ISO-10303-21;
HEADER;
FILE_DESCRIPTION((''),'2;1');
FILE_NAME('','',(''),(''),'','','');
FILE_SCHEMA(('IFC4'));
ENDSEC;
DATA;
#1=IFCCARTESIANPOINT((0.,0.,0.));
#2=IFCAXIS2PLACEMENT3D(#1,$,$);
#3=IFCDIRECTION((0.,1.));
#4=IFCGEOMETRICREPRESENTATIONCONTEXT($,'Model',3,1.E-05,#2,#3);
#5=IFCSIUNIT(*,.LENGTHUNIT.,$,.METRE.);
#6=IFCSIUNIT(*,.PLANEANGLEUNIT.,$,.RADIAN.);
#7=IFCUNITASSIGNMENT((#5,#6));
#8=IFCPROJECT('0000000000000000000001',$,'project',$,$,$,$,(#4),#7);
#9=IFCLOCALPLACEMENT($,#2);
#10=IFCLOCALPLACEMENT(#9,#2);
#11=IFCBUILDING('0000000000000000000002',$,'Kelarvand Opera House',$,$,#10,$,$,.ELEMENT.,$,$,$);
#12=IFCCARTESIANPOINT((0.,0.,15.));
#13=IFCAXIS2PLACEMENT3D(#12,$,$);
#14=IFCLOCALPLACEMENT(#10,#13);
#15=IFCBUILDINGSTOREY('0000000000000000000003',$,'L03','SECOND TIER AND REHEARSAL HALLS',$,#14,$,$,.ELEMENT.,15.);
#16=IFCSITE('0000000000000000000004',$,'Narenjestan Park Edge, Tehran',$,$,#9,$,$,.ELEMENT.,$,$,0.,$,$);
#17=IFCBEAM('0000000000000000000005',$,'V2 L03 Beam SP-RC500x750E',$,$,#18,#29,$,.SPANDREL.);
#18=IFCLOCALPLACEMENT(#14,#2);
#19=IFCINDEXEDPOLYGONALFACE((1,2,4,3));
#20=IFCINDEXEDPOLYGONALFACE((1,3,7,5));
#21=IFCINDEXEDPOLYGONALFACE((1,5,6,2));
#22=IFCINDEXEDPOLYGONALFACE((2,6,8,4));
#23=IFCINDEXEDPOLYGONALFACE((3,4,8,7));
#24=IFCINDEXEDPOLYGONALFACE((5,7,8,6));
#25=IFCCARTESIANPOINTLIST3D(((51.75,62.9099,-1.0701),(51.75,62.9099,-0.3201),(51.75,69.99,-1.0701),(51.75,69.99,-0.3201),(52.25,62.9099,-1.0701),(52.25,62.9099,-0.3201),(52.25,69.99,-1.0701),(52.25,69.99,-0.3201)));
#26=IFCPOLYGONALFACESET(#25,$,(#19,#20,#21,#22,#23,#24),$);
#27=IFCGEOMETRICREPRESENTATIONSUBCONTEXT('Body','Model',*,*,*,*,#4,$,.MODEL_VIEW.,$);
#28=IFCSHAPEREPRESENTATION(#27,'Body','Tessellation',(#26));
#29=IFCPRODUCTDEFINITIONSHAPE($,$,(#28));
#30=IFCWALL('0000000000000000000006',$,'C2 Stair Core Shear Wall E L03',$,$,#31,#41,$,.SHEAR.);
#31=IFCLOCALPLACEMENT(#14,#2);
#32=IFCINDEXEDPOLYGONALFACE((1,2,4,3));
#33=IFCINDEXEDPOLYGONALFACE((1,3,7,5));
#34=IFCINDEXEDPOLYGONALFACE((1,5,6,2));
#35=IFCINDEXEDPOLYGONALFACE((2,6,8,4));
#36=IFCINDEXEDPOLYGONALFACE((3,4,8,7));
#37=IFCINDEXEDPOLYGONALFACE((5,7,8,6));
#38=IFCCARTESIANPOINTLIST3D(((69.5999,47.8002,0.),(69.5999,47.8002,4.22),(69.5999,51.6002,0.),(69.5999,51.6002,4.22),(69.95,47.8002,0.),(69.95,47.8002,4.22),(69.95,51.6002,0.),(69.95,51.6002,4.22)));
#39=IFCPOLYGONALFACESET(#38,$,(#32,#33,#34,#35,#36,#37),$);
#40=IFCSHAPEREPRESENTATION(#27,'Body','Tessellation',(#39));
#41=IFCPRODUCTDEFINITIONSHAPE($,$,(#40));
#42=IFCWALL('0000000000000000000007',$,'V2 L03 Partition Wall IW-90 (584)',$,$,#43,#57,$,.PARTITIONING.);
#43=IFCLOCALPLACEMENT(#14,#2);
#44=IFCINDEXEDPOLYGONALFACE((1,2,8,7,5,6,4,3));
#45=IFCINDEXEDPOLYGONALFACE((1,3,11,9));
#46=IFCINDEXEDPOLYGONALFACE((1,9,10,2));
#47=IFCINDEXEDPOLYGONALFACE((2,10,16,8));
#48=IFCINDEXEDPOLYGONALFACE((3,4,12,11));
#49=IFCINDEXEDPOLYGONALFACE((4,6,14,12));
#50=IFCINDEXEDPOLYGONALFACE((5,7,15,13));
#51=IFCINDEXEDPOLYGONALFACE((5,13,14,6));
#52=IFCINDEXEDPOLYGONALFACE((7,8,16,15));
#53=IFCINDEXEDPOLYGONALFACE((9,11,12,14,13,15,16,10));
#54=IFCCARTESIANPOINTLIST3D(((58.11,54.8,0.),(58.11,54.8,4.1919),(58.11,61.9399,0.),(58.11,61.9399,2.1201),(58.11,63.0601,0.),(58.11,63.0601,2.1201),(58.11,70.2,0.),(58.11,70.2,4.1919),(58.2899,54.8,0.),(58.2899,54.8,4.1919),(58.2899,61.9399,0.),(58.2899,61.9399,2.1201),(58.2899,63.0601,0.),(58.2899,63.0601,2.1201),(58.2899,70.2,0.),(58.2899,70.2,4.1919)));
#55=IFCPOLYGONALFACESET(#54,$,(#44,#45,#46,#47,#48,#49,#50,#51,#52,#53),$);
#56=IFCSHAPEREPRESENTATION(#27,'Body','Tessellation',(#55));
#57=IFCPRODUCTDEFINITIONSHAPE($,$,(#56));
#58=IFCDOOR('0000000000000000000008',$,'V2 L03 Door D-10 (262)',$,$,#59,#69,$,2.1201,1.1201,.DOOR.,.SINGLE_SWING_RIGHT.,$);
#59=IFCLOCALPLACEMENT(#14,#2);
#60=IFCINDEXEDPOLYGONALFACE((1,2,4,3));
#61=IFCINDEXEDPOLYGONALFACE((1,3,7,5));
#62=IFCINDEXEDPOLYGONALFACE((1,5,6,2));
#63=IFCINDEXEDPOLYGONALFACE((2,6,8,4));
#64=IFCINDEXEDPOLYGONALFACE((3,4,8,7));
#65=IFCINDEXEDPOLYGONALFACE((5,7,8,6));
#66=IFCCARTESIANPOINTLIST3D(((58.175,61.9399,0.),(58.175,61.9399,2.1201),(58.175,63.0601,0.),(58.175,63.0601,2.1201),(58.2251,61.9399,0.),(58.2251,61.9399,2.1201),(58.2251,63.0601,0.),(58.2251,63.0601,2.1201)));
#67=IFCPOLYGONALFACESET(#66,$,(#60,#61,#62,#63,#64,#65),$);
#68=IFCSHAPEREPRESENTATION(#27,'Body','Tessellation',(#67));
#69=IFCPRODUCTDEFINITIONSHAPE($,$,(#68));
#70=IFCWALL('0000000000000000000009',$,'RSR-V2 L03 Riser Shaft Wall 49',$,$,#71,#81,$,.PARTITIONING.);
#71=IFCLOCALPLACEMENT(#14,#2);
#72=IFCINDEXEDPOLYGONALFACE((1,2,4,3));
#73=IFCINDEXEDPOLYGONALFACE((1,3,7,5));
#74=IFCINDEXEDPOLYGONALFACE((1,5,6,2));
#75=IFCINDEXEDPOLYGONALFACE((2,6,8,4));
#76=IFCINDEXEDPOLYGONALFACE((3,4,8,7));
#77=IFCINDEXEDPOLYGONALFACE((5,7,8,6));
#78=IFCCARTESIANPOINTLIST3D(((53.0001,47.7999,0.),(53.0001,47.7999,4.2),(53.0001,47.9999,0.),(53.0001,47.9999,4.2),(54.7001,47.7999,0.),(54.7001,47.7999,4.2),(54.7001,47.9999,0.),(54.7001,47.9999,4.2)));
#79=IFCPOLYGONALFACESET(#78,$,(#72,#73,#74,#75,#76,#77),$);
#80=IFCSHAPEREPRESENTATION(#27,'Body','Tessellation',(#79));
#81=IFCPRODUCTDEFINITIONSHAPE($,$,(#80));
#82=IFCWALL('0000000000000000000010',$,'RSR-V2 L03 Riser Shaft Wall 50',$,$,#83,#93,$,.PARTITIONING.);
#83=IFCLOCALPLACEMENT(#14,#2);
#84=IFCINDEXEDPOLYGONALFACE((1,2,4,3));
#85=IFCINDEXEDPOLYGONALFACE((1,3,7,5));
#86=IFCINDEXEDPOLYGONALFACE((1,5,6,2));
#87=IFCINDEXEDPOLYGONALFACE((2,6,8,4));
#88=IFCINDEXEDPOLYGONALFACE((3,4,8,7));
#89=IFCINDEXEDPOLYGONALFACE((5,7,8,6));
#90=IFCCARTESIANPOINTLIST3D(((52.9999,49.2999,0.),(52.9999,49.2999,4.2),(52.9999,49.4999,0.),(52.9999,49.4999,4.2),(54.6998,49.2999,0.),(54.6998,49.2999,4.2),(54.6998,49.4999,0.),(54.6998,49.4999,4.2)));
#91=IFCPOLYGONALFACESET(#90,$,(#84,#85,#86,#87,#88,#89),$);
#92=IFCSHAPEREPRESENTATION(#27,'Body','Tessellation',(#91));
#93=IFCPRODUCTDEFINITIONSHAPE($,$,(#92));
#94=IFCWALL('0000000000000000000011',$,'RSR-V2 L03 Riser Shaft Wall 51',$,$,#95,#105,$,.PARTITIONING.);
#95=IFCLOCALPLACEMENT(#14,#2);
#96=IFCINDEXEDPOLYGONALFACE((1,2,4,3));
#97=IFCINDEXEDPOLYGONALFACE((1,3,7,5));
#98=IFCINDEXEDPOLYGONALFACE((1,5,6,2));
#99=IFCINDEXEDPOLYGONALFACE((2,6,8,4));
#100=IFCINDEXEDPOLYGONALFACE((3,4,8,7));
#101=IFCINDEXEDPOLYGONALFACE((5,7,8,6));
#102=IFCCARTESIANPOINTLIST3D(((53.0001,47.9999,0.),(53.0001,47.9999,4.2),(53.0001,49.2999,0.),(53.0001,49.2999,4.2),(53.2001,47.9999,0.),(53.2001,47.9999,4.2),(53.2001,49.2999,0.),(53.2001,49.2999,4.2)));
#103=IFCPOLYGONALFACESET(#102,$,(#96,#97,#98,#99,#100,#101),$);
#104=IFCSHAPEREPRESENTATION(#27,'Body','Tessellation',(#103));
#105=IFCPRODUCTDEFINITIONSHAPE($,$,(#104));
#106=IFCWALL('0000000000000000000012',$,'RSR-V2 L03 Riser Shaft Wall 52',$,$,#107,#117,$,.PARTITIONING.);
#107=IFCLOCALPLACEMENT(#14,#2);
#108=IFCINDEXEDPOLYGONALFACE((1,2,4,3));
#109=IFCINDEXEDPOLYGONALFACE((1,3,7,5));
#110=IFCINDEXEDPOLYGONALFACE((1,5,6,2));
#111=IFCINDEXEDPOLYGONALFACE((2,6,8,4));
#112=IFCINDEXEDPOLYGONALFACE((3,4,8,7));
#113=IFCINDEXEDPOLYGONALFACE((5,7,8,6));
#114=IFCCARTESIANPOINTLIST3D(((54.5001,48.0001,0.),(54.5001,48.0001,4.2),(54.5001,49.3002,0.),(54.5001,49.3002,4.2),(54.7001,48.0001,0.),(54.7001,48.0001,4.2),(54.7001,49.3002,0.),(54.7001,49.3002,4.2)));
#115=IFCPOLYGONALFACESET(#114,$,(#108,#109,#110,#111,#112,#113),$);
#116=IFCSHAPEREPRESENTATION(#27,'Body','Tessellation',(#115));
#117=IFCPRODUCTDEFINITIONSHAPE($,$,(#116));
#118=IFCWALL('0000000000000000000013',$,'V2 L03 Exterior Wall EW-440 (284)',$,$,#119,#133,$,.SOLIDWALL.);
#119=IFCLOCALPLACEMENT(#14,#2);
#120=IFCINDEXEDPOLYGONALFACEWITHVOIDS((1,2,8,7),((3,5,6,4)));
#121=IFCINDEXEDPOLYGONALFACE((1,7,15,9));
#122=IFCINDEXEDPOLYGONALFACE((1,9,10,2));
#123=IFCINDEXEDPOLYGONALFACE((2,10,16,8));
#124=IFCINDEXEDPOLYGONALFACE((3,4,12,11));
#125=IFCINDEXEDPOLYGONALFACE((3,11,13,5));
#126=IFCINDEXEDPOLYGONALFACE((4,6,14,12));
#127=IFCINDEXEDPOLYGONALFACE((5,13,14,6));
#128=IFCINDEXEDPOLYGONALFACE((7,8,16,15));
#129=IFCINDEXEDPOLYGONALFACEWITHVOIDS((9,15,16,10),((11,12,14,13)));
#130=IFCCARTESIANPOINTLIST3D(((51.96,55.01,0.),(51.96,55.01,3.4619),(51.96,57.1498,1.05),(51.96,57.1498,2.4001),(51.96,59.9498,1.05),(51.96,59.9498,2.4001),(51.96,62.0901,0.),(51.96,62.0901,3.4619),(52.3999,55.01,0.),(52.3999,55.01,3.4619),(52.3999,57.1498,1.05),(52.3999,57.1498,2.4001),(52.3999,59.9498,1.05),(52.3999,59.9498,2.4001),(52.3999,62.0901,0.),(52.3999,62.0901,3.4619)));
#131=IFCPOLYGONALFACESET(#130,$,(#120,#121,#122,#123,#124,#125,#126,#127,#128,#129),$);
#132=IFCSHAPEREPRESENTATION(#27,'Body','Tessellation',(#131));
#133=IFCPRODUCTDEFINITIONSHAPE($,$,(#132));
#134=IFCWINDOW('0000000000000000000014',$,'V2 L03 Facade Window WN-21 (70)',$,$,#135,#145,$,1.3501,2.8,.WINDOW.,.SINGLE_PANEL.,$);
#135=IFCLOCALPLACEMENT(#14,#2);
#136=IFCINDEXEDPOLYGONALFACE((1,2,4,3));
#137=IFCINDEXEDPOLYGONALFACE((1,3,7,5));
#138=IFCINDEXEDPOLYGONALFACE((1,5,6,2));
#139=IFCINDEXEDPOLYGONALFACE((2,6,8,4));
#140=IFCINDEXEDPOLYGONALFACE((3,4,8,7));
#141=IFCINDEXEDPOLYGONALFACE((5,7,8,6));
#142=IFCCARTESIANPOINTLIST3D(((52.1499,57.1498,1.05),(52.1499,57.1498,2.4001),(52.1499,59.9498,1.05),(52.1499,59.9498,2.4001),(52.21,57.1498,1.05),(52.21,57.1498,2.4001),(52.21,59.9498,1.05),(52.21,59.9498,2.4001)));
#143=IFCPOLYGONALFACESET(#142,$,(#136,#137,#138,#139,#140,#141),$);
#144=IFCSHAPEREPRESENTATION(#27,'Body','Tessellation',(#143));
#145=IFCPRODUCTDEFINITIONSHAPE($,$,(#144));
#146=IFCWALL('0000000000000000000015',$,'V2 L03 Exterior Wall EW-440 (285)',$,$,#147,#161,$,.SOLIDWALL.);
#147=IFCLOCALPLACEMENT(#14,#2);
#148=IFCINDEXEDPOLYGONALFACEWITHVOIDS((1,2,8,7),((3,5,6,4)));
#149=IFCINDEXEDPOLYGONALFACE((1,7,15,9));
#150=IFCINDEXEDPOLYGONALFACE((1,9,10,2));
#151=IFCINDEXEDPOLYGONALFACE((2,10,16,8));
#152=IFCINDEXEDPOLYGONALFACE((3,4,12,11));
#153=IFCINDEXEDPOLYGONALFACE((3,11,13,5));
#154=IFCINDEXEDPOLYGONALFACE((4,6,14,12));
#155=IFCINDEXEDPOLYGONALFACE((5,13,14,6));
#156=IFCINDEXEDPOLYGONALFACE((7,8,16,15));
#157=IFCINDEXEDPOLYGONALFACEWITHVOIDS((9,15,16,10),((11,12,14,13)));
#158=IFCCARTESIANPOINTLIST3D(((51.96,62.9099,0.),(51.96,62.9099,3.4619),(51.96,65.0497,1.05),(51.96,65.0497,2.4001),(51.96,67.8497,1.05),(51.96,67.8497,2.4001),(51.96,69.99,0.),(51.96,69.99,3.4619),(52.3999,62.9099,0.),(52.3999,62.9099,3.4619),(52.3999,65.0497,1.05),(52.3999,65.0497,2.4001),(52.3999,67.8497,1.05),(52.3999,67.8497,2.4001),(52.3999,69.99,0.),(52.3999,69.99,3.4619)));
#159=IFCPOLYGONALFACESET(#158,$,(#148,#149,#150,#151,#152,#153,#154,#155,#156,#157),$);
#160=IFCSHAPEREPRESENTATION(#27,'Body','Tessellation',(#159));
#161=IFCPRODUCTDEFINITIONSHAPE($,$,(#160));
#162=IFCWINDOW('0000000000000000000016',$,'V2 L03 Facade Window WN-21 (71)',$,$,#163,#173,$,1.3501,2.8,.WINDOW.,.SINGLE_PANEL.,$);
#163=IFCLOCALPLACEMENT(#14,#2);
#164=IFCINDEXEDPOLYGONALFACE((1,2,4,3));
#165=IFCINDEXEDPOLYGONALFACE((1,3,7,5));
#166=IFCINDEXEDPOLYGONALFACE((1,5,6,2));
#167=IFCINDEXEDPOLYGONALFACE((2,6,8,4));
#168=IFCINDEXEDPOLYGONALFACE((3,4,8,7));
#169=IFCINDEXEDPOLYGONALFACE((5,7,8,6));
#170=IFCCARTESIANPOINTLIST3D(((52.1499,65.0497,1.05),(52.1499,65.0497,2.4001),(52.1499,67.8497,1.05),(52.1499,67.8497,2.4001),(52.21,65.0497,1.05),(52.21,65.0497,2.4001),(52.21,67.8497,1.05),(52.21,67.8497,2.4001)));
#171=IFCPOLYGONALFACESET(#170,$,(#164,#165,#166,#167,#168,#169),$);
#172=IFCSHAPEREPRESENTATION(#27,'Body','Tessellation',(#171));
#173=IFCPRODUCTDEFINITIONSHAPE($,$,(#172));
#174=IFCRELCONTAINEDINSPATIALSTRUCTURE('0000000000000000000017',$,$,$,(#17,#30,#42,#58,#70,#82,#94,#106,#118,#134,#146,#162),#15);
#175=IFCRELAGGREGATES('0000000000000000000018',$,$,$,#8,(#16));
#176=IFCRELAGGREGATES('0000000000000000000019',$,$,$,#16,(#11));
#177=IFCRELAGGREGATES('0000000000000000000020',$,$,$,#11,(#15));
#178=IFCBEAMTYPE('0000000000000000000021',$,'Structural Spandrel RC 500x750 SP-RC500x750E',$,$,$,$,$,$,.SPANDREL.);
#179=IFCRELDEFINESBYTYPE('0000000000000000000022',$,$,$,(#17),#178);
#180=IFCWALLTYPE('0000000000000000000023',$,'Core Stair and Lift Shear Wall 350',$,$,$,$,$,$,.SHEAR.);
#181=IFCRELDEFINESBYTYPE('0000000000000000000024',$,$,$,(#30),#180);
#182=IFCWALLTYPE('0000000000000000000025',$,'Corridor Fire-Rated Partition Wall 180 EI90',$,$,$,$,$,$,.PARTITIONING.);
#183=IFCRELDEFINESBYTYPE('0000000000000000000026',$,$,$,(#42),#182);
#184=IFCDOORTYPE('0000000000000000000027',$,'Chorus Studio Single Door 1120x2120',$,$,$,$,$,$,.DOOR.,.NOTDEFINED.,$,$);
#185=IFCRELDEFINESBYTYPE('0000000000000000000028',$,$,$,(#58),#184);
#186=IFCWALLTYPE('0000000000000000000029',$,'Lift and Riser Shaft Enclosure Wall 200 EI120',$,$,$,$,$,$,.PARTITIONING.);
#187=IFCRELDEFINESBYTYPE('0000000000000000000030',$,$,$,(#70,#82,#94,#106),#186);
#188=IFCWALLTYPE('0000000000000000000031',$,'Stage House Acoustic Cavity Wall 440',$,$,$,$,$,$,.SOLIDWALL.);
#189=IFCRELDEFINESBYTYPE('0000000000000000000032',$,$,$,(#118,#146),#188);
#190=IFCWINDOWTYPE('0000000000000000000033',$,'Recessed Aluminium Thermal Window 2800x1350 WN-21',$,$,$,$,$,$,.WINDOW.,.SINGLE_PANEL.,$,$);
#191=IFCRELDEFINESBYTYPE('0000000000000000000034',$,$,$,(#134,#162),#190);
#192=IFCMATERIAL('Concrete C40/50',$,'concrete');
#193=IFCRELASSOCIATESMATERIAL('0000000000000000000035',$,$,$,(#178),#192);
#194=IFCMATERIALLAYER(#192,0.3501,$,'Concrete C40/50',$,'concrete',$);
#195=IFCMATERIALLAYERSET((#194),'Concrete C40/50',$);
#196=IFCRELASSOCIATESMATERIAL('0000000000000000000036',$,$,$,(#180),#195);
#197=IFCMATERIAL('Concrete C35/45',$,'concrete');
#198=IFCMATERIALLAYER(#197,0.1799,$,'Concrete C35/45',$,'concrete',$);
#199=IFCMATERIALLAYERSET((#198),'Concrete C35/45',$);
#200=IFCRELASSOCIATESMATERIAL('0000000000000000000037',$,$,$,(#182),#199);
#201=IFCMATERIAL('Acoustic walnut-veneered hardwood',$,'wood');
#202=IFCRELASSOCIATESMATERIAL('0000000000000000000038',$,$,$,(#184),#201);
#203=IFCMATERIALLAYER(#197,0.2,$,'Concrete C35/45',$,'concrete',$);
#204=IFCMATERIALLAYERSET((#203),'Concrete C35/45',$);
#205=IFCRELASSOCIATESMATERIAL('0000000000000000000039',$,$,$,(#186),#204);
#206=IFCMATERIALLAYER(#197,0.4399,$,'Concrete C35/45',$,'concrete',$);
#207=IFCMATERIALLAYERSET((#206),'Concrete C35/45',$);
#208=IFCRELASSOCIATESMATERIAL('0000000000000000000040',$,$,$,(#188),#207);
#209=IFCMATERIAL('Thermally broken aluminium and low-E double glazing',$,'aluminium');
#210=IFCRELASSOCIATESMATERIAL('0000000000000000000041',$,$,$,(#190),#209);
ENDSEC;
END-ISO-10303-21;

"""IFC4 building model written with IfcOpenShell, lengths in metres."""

from ifc_helpers import new_model, si_unit, direction, frame, frame_2d, origin, origin_2d, place, context, subcontext, project, spatial, rectangle, extrude, material, layer, layer_set, material_profile, profile_set, type_object, element, fill, save


model = new_model("IFC4")

# Units and contexts
model_context = context("Model", 3, precision=1e-05, world=origin(), true_north=direction((0.0, 1.0)))
body_context = subcontext(model_context, "Body", "Model", "MODEL_VIEW")
ifc_project = project(units=[si_unit("LENGTHUNIT", "METRE"), si_unit("PLANEANGLEUNIT", "RADIAN")], contexts=[model_context])

# Site, building, storey
site_placement = place(None, origin())
site = spatial("IfcSite", under=ifc_project, at=site_placement, Name="Narenjestan Park Edge, Tehran", CompositionType="ELEMENT", RefElevation=0.0)
building_placement = place(site_placement, origin())
building = spatial("IfcBuilding", under=site, at=building_placement, Name="Kelarvand Opera House", CompositionType="ELEMENT")
storey_placement = place(building_placement, frame((0.0, 0.0, 15.0)))
storey = spatial("IfcBuildingStorey", under=building, at=storey_placement, Name="L03", Description="SECOND TIER AND REHEARSAL HALLS", CompositionType="ELEMENT", Elevation=15.0)

# Shared definitions
ifc_material_1 = material(Name="Concrete C40/50", Category="concrete")

# Beam
ifc_material_profile_1 = material_profile(ifc_material_1, rectangle(XDim=0.5, YDim=0.75, at=origin_2d()), Name="RC 500x750", Category="concrete")
ifc_profile_set_1 = profile_set([ifc_material_profile_1], Name="Concrete C40/50")
beam_type_1 = type_object("IfcBeamType", Name="Structural Spandrel RC 500x750 SP-RC500x750E", PredefinedType="SPANDREL", material=ifc_profile_set_1)
for number, where, z_axis, x_axis, name in (
    (1, (52.0, 62.9099, -0.6951), (0.0, 1.0, 0.0), (-1.0, 0.0, 0.0), "V2 L03 Beam SP-RC500x750E"),
):
    element("IfcBeam", number, at=place(storey_placement, frame(where, z_axis=z_axis, x_axis=x_axis)), inside=storey, type_object=beam_type_1, Name=name, PredefinedType="SPANDREL", context=body_context, shape_type="SweptSolid", body=[
        extrude(rectangle(XDim=0.5, YDim=0.75, at=origin_2d()), origin(), (0.0, 0.0, 1.0), 7.0801),
    ])

# Wall
ifc_layer_1 = layer(ifc_material_1, 0.3501, Name="Concrete C40/50", Category="concrete")
ifc_layer_set_1 = layer_set([ifc_layer_1], Name="Concrete C40/50")
wall_type_1 = type_object("IfcWallType", Name="Core Stair and Lift Shear Wall 350", PredefinedType="SHEAR", material=ifc_layer_set_1)
wall_1_placement = place(storey_placement, frame((69.7749, 51.6001, 0.0), z_axis=(0.0, 0.0, 1.0), x_axis=(0.0, -1.0, 0.0)))
element("IfcWall", 2, at=wall_1_placement, inside=storey, type_object=wall_type_1, Name="C2 Stair Core Shear Wall E L03", PredefinedType="SHEAR", context=body_context, shape_type="SweptSolid", body=[
    extrude(rectangle(XDim=3.8, YDim=0.3501, at=frame_2d((1.8999, 0.0))), origin(), (0.0, 0.0, 1.0), 4.22),
])

# Wall, opening, door
ifc_material_2 = material(Name="Concrete C35/45", Category="concrete")
ifc_layer_2 = layer(ifc_material_2, 0.1799, Name="Concrete C35/45", Category="concrete")
ifc_layer_set_2 = layer_set([ifc_layer_2], Name="Concrete C35/45")
wall_type_2 = type_object("IfcWallType", Name="Corridor Fire-Rated Partition Wall 180 EI90", PredefinedType="PARTITIONING", material=ifc_layer_set_2)
wall_2_placement = place(storey_placement, frame((58.2, 54.8, 0.0), z_axis=(0.0, 0.0, 1.0), x_axis=(0.0, 1.0, 0.0)))
wall_2 = element("IfcWall", 3, at=wall_2_placement, inside=storey, type_object=wall_type_2, Name="V2 L03 Partition Wall IW-90 (584)", PredefinedType="PARTITIONING", context=body_context, shape_type="SweptSolid", body=[
    extrude(rectangle(XDim=15.3999, YDim=0.1799, at=frame_2d((7.7, 0.0))), origin(), (0.0, 0.0, 1.0), 4.1919),
])
opening_1_placement = place(wall_2_placement, frame((7.1399, 0.0, 0.0)))
opening_1 = element("IfcOpeningElement", 4, at=opening_1_placement, cuts=wall_2, PredefinedType="OPENING", context=body_context, shape_type="SweptSolid", body=[
    extrude(rectangle(XDim=1.1201, YDim=2.1201, at=frame_2d((0.5601, 1.0601))), frame((0.0, 0.1001, 0.0), z_axis=(0.0, -1.0, 0.0), x_axis=(1.0, 0.0, 0.0)), (0.0, 0.0, 1.0), 0.2),
])
ifc_material_3 = material(Name="Acoustic walnut-veneered hardwood", Category="wood")
door_type = type_object("IfcDoorType", Name="Chorus Studio Single Door 1120x2120", OperationType="NOTDEFINED", PredefinedType="DOOR", material=ifc_material_3)
door_placement = place(opening_1_placement, origin())
door = element("IfcDoor", 5, at=door_placement, inside=storey, type_object=door_type, Name="V2 L03 Door D-10 (262)", OperationType="SINGLE_SWING_RIGHT", OverallHeight=2.1201, OverallWidth=1.1201, PredefinedType="DOOR", context=body_context, shape_type="SweptSolid", body=[
    extrude(rectangle(XDim=1.1201, YDim=2.1201, at=frame_2d((0.5601, 1.0601))), frame((0.0, 0.0249, 0.0), z_axis=(0.0, -1.0, 0.0), x_axis=(1.0, 0.0, 0.0)), (0.0, 0.0, 1.0), 0.05),
])
fill(opening_1, door)

# Walls
ifc_layer_3 = layer(ifc_material_2, 0.2, Name="Concrete C35/45", Category="concrete")
ifc_layer_set_3 = layer_set([ifc_layer_3], Name="Concrete C35/45")
wall_type_3 = type_object("IfcWallType", Name="Lift and Riser Shaft Enclosure Wall 200 EI120", PredefinedType="PARTITIONING", material=ifc_layer_set_3)
for number, where, z_axis, x_axis, name in (
    (6, (53.0, 47.8999, 0.0), (0.0, 0.0, 1.0), (1.0, 0.0, 0.0), "RSR-V2 L03 Riser Shaft Wall 49"),
    (7, (54.7, 49.3999, 0.0), (0.0, 0.0, 1.0), (-1.0, 0.0, 0.0), "RSR-V2 L03 Riser Shaft Wall 50"),
):
    element("IfcWall", number, at=place(storey_placement, frame(where, z_axis=z_axis, x_axis=x_axis)), inside=storey, type_object=wall_type_3, Name=name, PredefinedType="PARTITIONING", context=body_context, shape_type="SweptSolid", body=[
        extrude(rectangle(XDim=1.7, YDim=0.2, at=frame_2d((0.8501, 0.0))), origin(), (0.0, 0.0, 1.0), 4.2),
    ])
for number, where, z_axis, x_axis, name in (
    (8, (53.1001, 48.0, 0.0), (0.0, 0.0, 1.0), (0.0, 1.0, 0.0), "RSR-V2 L03 Riser Shaft Wall 51"),
    (9, (54.6001, 49.3, 0.0), (0.0, 0.0, 1.0), (0.0, -1.0, 0.0), "RSR-V2 L03 Riser Shaft Wall 52"),
):
    element("IfcWall", number, at=place(storey_placement, frame(where, z_axis=z_axis, x_axis=x_axis)), inside=storey, type_object=wall_type_3, Name=name, PredefinedType="PARTITIONING", context=body_context, shape_type="SweptSolid", body=[
        extrude(rectangle(XDim=1.3, YDim=0.2, at=frame_2d((0.6499, 0.0))), origin(), (0.0, 0.0, 1.0), 4.2),
    ])

# Walls, openings, windows
ifc_layer_4 = layer(ifc_material_2, 0.4399, Name="Concrete C35/45", Category="concrete")
ifc_layer_set_4 = layer_set([ifc_layer_4], Name="Concrete C35/45")
wall_type_4 = type_object("IfcWallType", Name="Stage House Acoustic Cavity Wall 440", PredefinedType="SOLIDWALL", material=ifc_layer_set_4)
wall_3_placement = place(storey_placement, frame((52.1799, 55.01, 0.0), z_axis=(0.0, 0.0, 1.0), x_axis=(0.0, 1.0, 0.0)))
wall_3 = element("IfcWall", 10, at=wall_3_placement, inside=storey, type_object=wall_type_4, Name="V2 L03 Exterior Wall EW-440 (284)", PredefinedType="SOLIDWALL", context=body_context, shape_type="SweptSolid", body=[
    extrude(rectangle(XDim=7.0801, YDim=0.4399, at=frame_2d((3.54, 0.0))), origin(), (0.0, 0.0, 1.0), 3.4619),
])
opening_2_placement = place(wall_3_placement, frame((2.1399, 0.0, 1.05)))
opening_2 = element("IfcOpeningElement", 11, at=opening_2_placement, cuts=wall_3, PredefinedType="OPENING", context=body_context, shape_type="SweptSolid", body=[
    extrude(rectangle(XDim=2.8, YDim=1.3501, at=frame_2d((1.3999, 0.675))), frame((0.0, 0.23, 0.0), z_axis=(0.0, -1.0, 0.0), x_axis=(1.0, 0.0, 0.0)), (0.0, 0.0, 1.0), 0.46),
])
ifc_material_4 = material(Name="Thermally broken aluminium and low-E double glazing", Category="aluminium")
window_type = type_object("IfcWindowType", Name="Recessed Aluminium Thermal Window 2800x1350 WN-21", PartitioningType="SINGLE_PANEL", PredefinedType="WINDOW", material=ifc_material_4)
window_1_placement = place(opening_2_placement, origin())
window_1 = element("IfcWindow", 12, at=window_1_placement, inside=storey, type_object=window_type, Name="V2 L03 Facade Window WN-21 (70)", OverallHeight=1.3501, OverallWidth=2.8, PartitioningType="SINGLE_PANEL", PredefinedType="WINDOW", context=body_context, shape_type="SweptSolid", body=[
    extrude(rectangle(XDim=2.8, YDim=1.3501, at=frame_2d((1.3999, 0.675))), frame((0.0, 0.03, 0.0), z_axis=(0.0, -1.0, 0.0), x_axis=(1.0, 0.0, 0.0)), (0.0, 0.0, 1.0), 0.0601),
])
fill(opening_2, window_1)
wall_4_placement = place(storey_placement, frame((52.1799, 62.9099, 0.0), z_axis=(0.0, 0.0, 1.0), x_axis=(0.0, 1.0, 0.0)))
wall_4 = element("IfcWall", 13, at=wall_4_placement, inside=storey, type_object=wall_type_4, Name="V2 L03 Exterior Wall EW-440 (285)", PredefinedType="SOLIDWALL", context=body_context, shape_type="SweptSolid", body=[
    extrude(rectangle(XDim=7.0801, YDim=0.4399, at=frame_2d((3.54, 0.0))), origin(), (0.0, 0.0, 1.0), 3.4619),
])
opening_3_placement = place(wall_4_placement, frame((2.1399, 0.0, 1.05)))
opening_3 = element("IfcOpeningElement", 14, at=opening_3_placement, cuts=wall_4, PredefinedType="OPENING", context=body_context, shape_type="SweptSolid", body=[
    extrude(rectangle(XDim=2.8, YDim=1.3501, at=frame_2d((1.3999, 0.675))), frame((0.0, 0.23, 0.0), z_axis=(0.0, -1.0, 0.0), x_axis=(1.0, 0.0, 0.0)), (0.0, 0.0, 1.0), 0.46),
])
window_2_placement = place(opening_3_placement, origin())
window_2 = element("IfcWindow", 15, at=window_2_placement, inside=storey, type_object=window_type, Name="V2 L03 Facade Window WN-21 (71)", OverallHeight=1.3501, OverallWidth=2.8, PartitioningType="SINGLE_PANEL", PredefinedType="WINDOW", context=body_context, shape_type="SweptSolid", body=[
    extrude(rectangle(XDim=2.8, YDim=1.3501, at=frame_2d((1.3999, 0.675))), frame((0.0, 0.03, 0.0), z_axis=(0.0, -1.0, 0.0), x_axis=(1.0, 0.0, 0.0)), (0.0, 0.0, 1.0), 0.0601),
])
fill(opening_3, window_2)

save(model, "model.ifc")
